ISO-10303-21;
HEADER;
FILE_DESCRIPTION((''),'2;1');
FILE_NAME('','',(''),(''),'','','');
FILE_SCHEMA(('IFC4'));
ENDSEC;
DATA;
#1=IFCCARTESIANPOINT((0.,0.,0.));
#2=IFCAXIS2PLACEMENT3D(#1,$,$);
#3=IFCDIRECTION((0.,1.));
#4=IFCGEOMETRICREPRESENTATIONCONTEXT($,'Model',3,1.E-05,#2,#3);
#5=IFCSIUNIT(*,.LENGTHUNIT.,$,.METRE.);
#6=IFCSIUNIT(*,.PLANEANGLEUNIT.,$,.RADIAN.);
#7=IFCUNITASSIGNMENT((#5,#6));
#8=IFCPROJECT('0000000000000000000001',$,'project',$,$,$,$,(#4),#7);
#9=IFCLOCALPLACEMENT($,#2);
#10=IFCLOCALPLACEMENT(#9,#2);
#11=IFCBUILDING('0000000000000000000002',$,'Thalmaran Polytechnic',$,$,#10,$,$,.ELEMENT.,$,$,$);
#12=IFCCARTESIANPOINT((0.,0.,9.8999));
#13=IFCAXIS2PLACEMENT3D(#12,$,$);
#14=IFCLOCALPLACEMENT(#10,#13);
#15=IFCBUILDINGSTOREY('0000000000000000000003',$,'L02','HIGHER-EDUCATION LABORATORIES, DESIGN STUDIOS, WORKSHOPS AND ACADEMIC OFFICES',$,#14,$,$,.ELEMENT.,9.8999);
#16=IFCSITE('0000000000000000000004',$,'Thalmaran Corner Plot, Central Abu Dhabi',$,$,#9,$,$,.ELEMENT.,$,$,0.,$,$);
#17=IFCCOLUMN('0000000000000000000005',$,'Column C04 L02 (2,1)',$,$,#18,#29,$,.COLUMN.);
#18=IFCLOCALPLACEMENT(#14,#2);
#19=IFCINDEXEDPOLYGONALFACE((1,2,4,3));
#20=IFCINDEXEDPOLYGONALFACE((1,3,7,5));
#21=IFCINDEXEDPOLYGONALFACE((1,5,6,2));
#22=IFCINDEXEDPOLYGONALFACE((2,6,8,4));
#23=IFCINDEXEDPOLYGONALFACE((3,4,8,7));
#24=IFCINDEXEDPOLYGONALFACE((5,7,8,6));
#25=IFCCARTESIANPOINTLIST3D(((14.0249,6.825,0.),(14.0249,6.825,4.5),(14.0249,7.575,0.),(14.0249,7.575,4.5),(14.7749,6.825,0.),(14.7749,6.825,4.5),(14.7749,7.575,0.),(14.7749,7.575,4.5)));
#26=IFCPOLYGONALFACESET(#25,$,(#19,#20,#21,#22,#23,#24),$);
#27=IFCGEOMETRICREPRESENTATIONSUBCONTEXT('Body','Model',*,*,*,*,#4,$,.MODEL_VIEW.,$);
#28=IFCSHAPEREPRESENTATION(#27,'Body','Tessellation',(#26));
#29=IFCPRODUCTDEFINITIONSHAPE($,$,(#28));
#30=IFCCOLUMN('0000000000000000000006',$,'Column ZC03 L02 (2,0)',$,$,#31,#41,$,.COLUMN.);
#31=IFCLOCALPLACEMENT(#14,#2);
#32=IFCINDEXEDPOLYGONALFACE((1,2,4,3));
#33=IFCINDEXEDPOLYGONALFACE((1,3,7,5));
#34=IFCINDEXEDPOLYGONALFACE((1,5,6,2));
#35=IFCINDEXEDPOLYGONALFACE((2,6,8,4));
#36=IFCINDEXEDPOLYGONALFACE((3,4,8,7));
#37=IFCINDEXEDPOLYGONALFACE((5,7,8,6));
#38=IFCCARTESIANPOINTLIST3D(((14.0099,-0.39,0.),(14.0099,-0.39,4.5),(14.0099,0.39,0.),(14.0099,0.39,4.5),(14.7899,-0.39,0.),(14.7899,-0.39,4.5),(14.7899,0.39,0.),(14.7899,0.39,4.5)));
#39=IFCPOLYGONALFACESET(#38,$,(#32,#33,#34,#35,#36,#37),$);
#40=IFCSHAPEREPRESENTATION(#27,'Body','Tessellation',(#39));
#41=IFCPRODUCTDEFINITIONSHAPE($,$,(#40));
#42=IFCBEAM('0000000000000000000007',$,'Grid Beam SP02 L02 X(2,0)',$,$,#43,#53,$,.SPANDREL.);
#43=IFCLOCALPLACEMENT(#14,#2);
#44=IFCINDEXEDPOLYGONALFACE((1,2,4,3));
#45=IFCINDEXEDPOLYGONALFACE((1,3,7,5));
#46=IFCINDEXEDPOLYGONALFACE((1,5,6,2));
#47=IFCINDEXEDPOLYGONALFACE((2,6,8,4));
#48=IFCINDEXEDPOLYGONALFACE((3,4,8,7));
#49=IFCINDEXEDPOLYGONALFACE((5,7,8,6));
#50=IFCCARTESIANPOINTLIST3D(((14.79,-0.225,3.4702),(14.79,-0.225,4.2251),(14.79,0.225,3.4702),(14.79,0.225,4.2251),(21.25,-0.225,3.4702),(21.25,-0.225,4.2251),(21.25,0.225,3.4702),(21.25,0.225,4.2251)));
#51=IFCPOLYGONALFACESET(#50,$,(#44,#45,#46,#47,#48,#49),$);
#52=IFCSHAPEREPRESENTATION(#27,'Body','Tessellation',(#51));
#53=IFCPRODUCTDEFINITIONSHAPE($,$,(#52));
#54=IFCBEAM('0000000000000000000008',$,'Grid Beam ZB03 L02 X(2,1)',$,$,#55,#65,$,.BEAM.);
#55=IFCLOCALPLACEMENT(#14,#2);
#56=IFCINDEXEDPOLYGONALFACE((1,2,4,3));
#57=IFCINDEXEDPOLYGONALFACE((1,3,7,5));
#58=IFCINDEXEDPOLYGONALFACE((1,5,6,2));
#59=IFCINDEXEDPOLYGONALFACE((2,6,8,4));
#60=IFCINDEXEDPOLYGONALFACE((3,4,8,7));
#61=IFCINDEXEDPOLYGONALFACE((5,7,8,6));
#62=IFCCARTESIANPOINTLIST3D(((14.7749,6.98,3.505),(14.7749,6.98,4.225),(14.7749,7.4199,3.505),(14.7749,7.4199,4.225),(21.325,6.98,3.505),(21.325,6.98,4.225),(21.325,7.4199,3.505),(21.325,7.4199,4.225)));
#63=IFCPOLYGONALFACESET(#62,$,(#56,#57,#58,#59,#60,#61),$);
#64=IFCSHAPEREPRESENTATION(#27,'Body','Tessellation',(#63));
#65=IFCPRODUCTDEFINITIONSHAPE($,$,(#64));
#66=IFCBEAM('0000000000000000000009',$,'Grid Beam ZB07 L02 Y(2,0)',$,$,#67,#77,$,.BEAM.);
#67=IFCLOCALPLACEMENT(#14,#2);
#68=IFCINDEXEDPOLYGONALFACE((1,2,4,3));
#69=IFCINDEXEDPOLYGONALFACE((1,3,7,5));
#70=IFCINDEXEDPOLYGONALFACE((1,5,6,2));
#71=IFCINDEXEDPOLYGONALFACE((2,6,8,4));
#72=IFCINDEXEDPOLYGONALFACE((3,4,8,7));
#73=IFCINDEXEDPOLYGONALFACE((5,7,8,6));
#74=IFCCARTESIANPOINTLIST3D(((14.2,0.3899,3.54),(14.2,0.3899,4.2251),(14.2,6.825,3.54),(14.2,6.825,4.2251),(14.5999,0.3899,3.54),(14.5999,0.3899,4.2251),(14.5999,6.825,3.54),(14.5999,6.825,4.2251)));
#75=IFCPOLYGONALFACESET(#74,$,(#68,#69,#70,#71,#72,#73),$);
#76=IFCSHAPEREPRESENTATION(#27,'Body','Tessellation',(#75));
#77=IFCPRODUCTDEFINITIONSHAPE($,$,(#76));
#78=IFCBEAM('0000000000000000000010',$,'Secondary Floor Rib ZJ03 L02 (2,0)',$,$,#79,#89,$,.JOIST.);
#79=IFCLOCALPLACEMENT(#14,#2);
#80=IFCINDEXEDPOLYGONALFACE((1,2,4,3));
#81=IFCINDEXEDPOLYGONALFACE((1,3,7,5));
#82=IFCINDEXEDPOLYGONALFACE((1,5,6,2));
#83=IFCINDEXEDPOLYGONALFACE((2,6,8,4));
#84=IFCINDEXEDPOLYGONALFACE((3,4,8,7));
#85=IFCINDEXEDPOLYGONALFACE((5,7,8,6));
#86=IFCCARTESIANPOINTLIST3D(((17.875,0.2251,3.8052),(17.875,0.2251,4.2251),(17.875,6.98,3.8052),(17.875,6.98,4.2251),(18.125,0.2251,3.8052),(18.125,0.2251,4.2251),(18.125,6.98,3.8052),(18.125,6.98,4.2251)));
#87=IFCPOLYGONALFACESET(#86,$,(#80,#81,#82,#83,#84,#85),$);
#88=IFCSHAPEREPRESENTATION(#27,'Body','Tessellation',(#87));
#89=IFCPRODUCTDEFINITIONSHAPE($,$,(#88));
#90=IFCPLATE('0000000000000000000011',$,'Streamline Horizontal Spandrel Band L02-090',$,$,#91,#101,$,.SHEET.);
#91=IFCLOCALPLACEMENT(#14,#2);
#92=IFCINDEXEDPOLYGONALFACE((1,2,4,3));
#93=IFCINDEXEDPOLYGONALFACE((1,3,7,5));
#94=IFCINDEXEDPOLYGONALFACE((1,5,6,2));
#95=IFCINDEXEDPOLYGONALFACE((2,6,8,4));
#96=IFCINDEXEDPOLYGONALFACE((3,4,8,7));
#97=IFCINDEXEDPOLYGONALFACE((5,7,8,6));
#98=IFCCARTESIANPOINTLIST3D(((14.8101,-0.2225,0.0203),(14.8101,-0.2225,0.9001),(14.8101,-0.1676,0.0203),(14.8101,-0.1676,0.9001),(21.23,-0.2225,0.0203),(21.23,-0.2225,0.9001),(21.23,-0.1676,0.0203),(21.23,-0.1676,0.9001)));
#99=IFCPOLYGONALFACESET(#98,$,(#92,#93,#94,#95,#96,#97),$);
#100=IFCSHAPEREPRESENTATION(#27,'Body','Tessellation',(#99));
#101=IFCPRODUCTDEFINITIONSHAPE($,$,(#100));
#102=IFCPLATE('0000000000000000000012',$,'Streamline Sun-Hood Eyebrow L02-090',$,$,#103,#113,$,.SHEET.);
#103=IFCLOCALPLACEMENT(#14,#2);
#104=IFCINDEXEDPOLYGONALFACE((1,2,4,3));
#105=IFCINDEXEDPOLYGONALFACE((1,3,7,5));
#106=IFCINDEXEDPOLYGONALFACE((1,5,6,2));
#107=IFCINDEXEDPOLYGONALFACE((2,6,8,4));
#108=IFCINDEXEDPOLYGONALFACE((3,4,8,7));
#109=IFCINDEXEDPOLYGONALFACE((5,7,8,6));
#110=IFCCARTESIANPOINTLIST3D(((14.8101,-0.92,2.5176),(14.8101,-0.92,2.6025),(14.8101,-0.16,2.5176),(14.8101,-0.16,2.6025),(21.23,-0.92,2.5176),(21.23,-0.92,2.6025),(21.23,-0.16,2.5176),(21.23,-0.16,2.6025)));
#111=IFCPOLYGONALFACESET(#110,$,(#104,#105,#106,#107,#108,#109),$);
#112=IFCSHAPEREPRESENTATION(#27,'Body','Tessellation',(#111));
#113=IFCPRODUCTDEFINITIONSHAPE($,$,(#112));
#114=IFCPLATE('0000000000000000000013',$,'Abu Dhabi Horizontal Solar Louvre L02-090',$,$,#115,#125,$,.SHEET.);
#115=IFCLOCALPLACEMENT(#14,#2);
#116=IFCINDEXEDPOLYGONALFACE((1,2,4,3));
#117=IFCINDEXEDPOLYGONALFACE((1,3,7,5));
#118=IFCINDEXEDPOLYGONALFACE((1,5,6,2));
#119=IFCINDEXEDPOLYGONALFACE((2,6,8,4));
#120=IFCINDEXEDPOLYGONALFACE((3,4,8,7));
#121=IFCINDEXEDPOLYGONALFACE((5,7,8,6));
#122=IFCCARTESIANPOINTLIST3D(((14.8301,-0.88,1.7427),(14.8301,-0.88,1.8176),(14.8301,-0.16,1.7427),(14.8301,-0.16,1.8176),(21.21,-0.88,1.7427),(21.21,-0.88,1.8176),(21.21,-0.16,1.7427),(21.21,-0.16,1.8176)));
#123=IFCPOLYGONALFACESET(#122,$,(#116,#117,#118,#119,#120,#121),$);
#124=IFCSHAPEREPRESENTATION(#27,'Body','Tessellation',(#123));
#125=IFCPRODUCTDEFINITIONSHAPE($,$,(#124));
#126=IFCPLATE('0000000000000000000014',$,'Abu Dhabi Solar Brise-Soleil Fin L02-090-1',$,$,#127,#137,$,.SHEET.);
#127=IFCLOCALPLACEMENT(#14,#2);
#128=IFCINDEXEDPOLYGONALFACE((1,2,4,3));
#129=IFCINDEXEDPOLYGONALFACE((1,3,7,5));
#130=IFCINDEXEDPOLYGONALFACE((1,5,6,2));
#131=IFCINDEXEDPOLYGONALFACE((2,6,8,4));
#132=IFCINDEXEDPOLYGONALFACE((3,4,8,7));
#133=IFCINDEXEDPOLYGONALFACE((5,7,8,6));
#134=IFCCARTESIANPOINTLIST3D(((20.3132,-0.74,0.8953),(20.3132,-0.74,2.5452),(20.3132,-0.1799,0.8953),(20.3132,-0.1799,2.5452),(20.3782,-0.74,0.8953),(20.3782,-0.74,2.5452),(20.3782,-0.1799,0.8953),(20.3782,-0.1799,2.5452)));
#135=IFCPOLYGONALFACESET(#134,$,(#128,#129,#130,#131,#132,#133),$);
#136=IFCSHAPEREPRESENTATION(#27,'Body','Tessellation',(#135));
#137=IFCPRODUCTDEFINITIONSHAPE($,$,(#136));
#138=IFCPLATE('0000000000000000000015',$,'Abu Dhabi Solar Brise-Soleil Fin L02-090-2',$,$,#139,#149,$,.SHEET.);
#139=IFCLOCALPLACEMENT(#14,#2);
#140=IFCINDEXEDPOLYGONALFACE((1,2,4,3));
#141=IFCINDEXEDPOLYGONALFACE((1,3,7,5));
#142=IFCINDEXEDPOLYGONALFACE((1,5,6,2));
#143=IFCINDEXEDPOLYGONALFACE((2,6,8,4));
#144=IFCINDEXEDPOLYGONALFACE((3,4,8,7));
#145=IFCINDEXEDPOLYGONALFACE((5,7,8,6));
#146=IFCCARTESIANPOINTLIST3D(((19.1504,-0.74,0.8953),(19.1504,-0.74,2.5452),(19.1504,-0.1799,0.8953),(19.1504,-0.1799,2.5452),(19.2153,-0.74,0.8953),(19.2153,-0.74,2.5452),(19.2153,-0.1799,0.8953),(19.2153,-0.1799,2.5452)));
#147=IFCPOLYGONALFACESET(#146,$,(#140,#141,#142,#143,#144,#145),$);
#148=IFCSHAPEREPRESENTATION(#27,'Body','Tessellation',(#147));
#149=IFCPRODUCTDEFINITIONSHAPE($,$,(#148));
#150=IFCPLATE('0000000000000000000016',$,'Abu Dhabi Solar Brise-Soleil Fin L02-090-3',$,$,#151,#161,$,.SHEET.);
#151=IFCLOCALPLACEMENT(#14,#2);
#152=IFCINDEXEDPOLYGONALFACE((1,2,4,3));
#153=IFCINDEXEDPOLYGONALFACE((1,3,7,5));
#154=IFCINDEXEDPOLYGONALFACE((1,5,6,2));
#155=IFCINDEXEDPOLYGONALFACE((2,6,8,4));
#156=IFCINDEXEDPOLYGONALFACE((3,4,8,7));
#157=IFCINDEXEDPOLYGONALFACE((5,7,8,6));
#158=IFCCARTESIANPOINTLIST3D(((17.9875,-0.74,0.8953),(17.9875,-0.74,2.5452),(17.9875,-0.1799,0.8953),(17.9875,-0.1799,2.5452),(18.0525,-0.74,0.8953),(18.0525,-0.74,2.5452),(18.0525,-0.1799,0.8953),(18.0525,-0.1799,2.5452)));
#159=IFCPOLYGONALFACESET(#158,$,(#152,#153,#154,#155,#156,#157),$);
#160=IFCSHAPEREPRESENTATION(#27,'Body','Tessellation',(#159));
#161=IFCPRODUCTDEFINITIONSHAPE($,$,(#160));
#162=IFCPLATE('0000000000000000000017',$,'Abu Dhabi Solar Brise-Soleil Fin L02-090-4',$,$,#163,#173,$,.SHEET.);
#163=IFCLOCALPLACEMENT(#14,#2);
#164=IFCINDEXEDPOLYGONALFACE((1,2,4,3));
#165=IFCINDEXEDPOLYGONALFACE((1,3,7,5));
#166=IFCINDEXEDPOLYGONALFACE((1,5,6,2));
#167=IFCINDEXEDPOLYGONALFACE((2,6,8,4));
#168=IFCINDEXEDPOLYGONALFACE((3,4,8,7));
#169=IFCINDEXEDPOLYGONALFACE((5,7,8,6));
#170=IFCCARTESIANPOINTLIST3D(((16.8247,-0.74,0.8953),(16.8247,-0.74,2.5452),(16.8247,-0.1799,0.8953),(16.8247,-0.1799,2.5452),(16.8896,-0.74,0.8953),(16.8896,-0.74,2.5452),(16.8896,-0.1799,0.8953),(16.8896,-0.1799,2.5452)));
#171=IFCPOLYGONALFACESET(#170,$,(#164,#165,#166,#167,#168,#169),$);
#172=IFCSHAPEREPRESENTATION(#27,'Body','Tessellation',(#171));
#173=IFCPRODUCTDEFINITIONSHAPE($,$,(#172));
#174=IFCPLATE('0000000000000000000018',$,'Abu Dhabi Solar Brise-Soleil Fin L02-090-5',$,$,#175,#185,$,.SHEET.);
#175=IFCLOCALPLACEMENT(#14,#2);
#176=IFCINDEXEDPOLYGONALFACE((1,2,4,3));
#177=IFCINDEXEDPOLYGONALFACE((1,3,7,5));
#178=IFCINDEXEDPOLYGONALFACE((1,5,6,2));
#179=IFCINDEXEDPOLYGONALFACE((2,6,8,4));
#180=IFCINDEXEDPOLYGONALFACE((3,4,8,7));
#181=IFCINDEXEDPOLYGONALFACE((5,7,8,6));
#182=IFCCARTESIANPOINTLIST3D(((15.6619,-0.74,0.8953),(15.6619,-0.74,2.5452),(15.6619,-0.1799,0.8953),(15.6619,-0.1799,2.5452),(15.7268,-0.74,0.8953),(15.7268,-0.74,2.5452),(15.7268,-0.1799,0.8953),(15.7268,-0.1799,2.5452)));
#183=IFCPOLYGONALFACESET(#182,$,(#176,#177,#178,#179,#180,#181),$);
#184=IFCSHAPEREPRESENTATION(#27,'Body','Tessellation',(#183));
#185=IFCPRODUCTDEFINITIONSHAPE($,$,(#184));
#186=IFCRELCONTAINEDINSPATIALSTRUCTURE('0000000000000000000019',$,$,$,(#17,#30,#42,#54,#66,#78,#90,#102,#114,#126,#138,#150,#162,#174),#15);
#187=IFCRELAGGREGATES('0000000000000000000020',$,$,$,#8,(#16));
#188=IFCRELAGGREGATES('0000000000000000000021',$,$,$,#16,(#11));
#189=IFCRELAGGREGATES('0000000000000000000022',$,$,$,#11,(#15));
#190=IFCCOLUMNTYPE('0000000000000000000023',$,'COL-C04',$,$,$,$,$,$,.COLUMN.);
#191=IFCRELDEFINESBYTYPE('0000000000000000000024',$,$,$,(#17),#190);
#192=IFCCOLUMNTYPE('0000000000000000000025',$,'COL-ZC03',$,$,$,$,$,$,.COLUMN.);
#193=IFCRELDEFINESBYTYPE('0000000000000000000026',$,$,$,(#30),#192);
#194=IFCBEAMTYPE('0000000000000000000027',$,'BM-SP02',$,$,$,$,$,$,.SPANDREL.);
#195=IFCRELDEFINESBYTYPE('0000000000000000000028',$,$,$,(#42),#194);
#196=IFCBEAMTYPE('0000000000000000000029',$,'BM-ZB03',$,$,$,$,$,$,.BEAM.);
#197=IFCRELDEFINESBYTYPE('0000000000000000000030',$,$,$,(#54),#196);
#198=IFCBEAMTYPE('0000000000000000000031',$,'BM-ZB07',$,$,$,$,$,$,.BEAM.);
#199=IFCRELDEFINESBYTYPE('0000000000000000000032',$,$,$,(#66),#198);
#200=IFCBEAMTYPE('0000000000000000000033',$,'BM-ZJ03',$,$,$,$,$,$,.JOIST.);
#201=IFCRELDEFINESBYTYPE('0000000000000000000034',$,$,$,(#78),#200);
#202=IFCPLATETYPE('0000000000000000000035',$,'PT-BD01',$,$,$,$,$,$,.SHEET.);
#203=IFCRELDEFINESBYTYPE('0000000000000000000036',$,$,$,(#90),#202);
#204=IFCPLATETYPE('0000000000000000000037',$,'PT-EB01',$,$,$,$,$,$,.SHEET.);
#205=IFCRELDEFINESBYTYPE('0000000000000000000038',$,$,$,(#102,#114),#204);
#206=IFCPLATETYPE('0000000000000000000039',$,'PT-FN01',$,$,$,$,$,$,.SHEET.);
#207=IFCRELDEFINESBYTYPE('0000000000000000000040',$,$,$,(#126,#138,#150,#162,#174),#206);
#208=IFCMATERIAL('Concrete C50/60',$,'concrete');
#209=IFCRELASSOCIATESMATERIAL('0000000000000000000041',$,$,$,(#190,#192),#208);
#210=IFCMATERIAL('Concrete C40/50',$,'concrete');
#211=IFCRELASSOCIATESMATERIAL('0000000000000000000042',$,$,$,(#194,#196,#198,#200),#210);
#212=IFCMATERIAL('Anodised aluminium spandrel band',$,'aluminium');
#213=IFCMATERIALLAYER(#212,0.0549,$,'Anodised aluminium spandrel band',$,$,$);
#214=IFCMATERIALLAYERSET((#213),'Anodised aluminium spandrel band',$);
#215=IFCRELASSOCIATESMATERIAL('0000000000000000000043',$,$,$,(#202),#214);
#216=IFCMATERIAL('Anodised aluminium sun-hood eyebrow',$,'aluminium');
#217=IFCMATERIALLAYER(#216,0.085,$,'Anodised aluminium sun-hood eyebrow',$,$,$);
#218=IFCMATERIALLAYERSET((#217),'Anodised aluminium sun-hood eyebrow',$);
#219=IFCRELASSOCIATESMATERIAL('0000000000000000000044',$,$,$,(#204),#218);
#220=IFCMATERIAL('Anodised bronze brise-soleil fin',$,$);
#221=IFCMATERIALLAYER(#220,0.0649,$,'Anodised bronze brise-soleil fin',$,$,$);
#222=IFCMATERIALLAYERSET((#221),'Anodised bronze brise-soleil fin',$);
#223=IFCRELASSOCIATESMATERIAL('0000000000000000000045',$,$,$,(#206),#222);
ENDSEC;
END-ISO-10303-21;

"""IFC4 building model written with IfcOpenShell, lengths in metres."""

from ifc_helpers import new_model, si_unit, direction, frame, origin, origin_2d, place, context, subcontext, project, spatial, rectangle, extrude, material, layer, layer_set, material_profile, profile_set, type_object, element, save


model = new_model("IFC4")

# Units and contexts
model_context = context("Model", 3, precision=1e-05, world=origin(), true_north=direction((0.0, 1.0)))
body_context = subcontext(model_context, "Body", "Model", "MODEL_VIEW")
ifc_project = project(units=[si_unit("LENGTHUNIT", "METRE"), si_unit("PLANEANGLEUNIT", "RADIAN")], contexts=[model_context])

# Site, building, storey
site_placement = place(None, origin())
site = spatial("IfcSite", under=ifc_project, at=site_placement, Name="Thalmaran Corner Plot, Central Abu Dhabi", CompositionType="ELEMENT", RefElevation=0.0)
building_placement = place(site_placement, origin())
building = spatial("IfcBuilding", under=site, at=building_placement, Name="Thalmaran Polytechnic", CompositionType="ELEMENT")
storey_placement = place(building_placement, frame((0.0, 0.0, 9.8999)))
storey = spatial("IfcBuildingStorey", under=building, at=storey_placement, Name="L02", Description="HIGHER-EDUCATION LABORATORIES, DESIGN STUDIOS, WORKSHOPS AND ACADEMIC OFFICES", CompositionType="ELEMENT", Elevation=9.8999)

# Columns
ifc_material_1 = material(Name="Concrete C50/60", Category="concrete")
ifc_material_profile_1 = material_profile(ifc_material_1, rectangle(XDim=0.75, YDim=0.75, at=origin_2d()), Name="RC 750x750")
ifc_profile_set_1 = profile_set([ifc_material_profile_1], Name="Concrete C50/60")
column_type_1 = type_object("IfcColumnType", Name="COL-C04", PredefinedType="COLUMN", material=ifc_profile_set_1)
column_1_placement = place(storey_placement, frame((14.3999, 7.2, 0.0), z_axis=(0.0, 0.0, 1.0), x_axis=(1.0, 0.0, 0.0)))
element("IfcColumn", 1, at=column_1_placement, inside=storey, type_object=column_type_1, Name="Column C04 L02 (2,1)", PredefinedType="COLUMN", context=body_context, shape_type="SweptSolid", body=[
    extrude(rectangle(XDim=0.75, YDim=0.75, at=origin_2d()), origin(), (0.0, 0.0, 1.0), 4.5),
])
ifc_material_profile_2 = material_profile(ifc_material_1, rectangle(XDim=0.78, YDim=0.78, at=origin_2d()), Name="RC 780x780")
ifc_profile_set_2 = profile_set([ifc_material_profile_2], Name="Concrete C50/60")
column_type_2 = type_object("IfcColumnType", Name="COL-ZC03", PredefinedType="COLUMN", material=ifc_profile_set_2)
column_2_placement = place(storey_placement, frame((14.3999, 0.0, 0.0), z_axis=(0.0, 0.0, 1.0), x_axis=(1.0, 0.0, 0.0)))
element("IfcColumn", 2, at=column_2_placement, inside=storey, type_object=column_type_2, Name="Column ZC03 L02 (2,0)", PredefinedType="COLUMN", context=body_context, shape_type="SweptSolid", body=[
    extrude(rectangle(XDim=0.78, YDim=0.78, at=origin_2d()), origin(), (0.0, 0.0, 1.0), 4.5),
])

# Beams
ifc_material_2 = material(Name="Concrete C40/50", Category="concrete")
ifc_material_profile_3 = material_profile(ifc_material_2, rectangle(XDim=0.45, YDim=0.7549, at=origin_2d()), Name="RC 450x755")
ifc_profile_set_3 = profile_set([ifc_material_profile_3], Name="Concrete C40/50")
beam_type_1 = type_object("IfcBeamType", Name="BM-SP02", PredefinedType="SPANDREL", material=ifc_profile_set_3)
beam_1_placement = place(storey_placement, frame((14.79, 0.0, 3.8477), z_axis=(1.0, 0.0, 0.0), x_axis=(0.0, 1.0, 0.0)))
element("IfcBeam", 3, at=beam_1_placement, inside=storey, type_object=beam_type_1, Name="Grid Beam SP02 L02 X(2,0)", PredefinedType="SPANDREL", context=body_context, shape_type="SweptSolid", body=[
    extrude(rectangle(XDim=0.45, YDim=0.7549, at=origin_2d()), origin(), (0.0, 0.0, 1.0), 6.46),
])
ifc_material_profile_4 = material_profile(ifc_material_2, rectangle(XDim=0.4399, YDim=0.72, at=origin_2d()), Name="RC 440x720")
ifc_profile_set_4 = profile_set([ifc_material_profile_4], Name="Concrete C40/50")
beam_type_2 = type_object("IfcBeamType", Name="BM-ZB03", PredefinedType="BEAM", material=ifc_profile_set_4)
beam_2_placement = place(storey_placement, frame((14.7749, 7.2, 3.865), z_axis=(1.0, 0.0, 0.0), x_axis=(0.0, 1.0, 0.0)))
element("IfcBeam", 4, at=beam_2_placement, inside=storey, type_object=beam_type_2, Name="Grid Beam ZB03 L02 X(2,1)", PredefinedType="BEAM", context=body_context, shape_type="SweptSolid", body=[
    extrude(rectangle(XDim=0.4399, YDim=0.72, at=origin_2d()), origin(), (0.0, 0.0, 1.0), 6.55),
])
ifc_material_profile_5 = material_profile(ifc_material_2, rectangle(XDim=0.3999, YDim=0.6851, at=origin_2d()), Name="RC 400x685")
ifc_profile_set_5 = profile_set([ifc_material_profile_5], Name="Concrete C40/50")
beam_type_3 = type_object("IfcBeamType", Name="BM-ZB07", PredefinedType="BEAM", material=ifc_profile_set_5)
beam_3_placement = place(storey_placement, frame((14.3999, 0.3899, 3.8826), z_axis=(0.0, 1.0, 0.0), x_axis=(-1.0, 0.0, 0.0)))
element("IfcBeam", 5, at=beam_3_placement, inside=storey, type_object=beam_type_3, Name="Grid Beam ZB07 L02 Y(2,0)", PredefinedType="BEAM", context=body_context, shape_type="SweptSolid", body=[
    extrude(rectangle(XDim=0.3999, YDim=0.6851, at=origin_2d()), origin(), (0.0, 0.0, 1.0), 6.4351),
])
ifc_material_profile_6 = material_profile(ifc_material_2, rectangle(XDim=0.25, YDim=0.4199, at=origin_2d()), Name="RC 250x420")
ifc_profile_set_6 = profile_set([ifc_material_profile_6], Name="Concrete C40/50")
beam_type_4 = type_object("IfcBeamType", Name="BM-ZJ03", PredefinedType="JOIST", material=ifc_profile_set_6)
beam_4_placement = place(storey_placement, frame((18.0, 0.2251, 4.0151), z_axis=(0.0, 1.0, 0.0), x_axis=(-1.0, 0.0, 0.0)))
element("IfcBeam", 6, at=beam_4_placement, inside=storey, type_object=beam_type_4, Name="Secondary Floor Rib ZJ03 L02 (2,0)", PredefinedType="JOIST", context=body_context, shape_type="SweptSolid", body=[
    extrude(rectangle(XDim=0.25, YDim=0.4199, at=origin_2d()), origin(), (0.0, 0.0, 1.0), 6.7549),
])

# Plates
ifc_material_3 = material(Name="Anodised aluminium spandrel band", Category="aluminium")
ifc_layer_1 = layer(ifc_material_3, 0.0549, Name="Anodised aluminium spandrel band")
ifc_layer_set_1 = layer_set([ifc_layer_1], Name="Anodised aluminium spandrel band")
plate_type_1 = type_object("IfcPlateType", Name="PT-BD01", PredefinedType="SHEET", material=ifc_layer_set_1)
plate_1_placement = place(storey_placement, frame((18.02, -0.1951, 0.0203), z_axis=(0.0, 0.0, 1.0), x_axis=(-1.0, 0.0, 0.0)))
element("IfcPlate", 7, at=plate_1_placement, inside=storey, type_object=plate_type_1, Name="Streamline Horizontal Spandrel Band L02-090", PredefinedType="SHEET", context=body_context, shape_type="SweptSolid", body=[
    extrude(rectangle(XDim=6.4199, YDim=0.0549, at=origin_2d()), origin(), (0.0, 0.0, 1.0), 0.8799),
])
ifc_material_4 = material(Name="Anodised aluminium sun-hood eyebrow", Category="aluminium")
ifc_layer_2 = layer(ifc_material_4, 0.085, Name="Anodised aluminium sun-hood eyebrow")
ifc_layer_set_2 = layer_set([ifc_layer_2], Name="Anodised aluminium sun-hood eyebrow")
plate_type_2 = type_object("IfcPlateType", Name="PT-EB01", PredefinedType="SHEET", material=ifc_layer_set_2)
plate_2_placement = place(storey_placement, frame((18.02, -0.54, 2.5176), z_axis=(0.0, 0.0, 1.0), x_axis=(-1.0, 0.0, 0.0)))
element("IfcPlate", 8, at=plate_2_placement, inside=storey, type_object=plate_type_2, Name="Streamline Sun-Hood Eyebrow L02-090", PredefinedType="SHEET", context=body_context, shape_type="SweptSolid", body=[
    extrude(rectangle(XDim=6.4199, YDim=0.76, at=origin_2d()), origin(), (0.0, 0.0, 1.0), 0.085),
])
plate_3_placement = place(storey_placement, frame((18.02, -0.52, 1.7427), z_axis=(0.0, 0.0, 1.0), x_axis=(-1.0, 0.0, 0.0)))
element("IfcPlate", 9, at=plate_3_placement, inside=storey, type_object=plate_type_2, Name="Abu Dhabi Horizontal Solar Louvre L02-090", PredefinedType="SHEET", context=body_context, shape_type="SweptSolid", body=[
    extrude(rectangle(XDim=6.3799, YDim=0.72, at=origin_2d()), origin(), (0.0, 0.0, 1.0), 0.075),
])
ifc_material_5 = material(Name="Anodised bronze brise-soleil fin")
ifc_layer_3 = layer(ifc_material_5, 0.0649, Name="Anodised bronze brise-soleil fin")
ifc_layer_set_3 = layer_set([ifc_layer_3], Name="Anodised bronze brise-soleil fin")
plate_type_3 = type_object("IfcPlateType", Name="PT-FN01", PredefinedType="SHEET", material=ifc_layer_set_3)
for number, where, z_axis, x_axis, name in (
    (10, (20.3457, -0.46, 0.8953), (0.0, 0.0, 1.0), (-1.0, 0.0, 0.0), "Abu Dhabi Solar Brise-Soleil Fin L02-090-1"),
    (11, (19.1829, -0.46, 0.8953), (0.0, 0.0, 1.0), (-1.0, 0.0, 0.0), "Abu Dhabi Solar Brise-Soleil Fin L02-090-2"),
    (12, (18.02, -0.46, 0.8953), (0.0, 0.0, 1.0), (-1.0, 0.0, 0.0), "Abu Dhabi Solar Brise-Soleil Fin L02-090-3"),
    (13, (16.8572, -0.46, 0.8953), (0.0, 0.0, 1.0), (-1.0, 0.0, 0.0), "Abu Dhabi Solar Brise-Soleil Fin L02-090-4"),
    (14, (15.6943, -0.46, 0.8953), (0.0, 0.0, 1.0), (-1.0, 0.0, 0.0), "Abu Dhabi Solar Brise-Soleil Fin L02-090-5"),
):
    element("IfcPlate", number, at=place(storey_placement, frame(where, z_axis=z_axis, x_axis=x_axis)), inside=storey, type_object=plate_type_3, Name=name, PredefinedType="SHEET", context=body_context, shape_type="SweptSolid", body=[
        extrude(rectangle(XDim=0.0649, YDim=0.5601, at=origin_2d()), origin(), (0.0, 0.0, 1.0), 1.6499),
    ])

save(model, "model.ifc")
